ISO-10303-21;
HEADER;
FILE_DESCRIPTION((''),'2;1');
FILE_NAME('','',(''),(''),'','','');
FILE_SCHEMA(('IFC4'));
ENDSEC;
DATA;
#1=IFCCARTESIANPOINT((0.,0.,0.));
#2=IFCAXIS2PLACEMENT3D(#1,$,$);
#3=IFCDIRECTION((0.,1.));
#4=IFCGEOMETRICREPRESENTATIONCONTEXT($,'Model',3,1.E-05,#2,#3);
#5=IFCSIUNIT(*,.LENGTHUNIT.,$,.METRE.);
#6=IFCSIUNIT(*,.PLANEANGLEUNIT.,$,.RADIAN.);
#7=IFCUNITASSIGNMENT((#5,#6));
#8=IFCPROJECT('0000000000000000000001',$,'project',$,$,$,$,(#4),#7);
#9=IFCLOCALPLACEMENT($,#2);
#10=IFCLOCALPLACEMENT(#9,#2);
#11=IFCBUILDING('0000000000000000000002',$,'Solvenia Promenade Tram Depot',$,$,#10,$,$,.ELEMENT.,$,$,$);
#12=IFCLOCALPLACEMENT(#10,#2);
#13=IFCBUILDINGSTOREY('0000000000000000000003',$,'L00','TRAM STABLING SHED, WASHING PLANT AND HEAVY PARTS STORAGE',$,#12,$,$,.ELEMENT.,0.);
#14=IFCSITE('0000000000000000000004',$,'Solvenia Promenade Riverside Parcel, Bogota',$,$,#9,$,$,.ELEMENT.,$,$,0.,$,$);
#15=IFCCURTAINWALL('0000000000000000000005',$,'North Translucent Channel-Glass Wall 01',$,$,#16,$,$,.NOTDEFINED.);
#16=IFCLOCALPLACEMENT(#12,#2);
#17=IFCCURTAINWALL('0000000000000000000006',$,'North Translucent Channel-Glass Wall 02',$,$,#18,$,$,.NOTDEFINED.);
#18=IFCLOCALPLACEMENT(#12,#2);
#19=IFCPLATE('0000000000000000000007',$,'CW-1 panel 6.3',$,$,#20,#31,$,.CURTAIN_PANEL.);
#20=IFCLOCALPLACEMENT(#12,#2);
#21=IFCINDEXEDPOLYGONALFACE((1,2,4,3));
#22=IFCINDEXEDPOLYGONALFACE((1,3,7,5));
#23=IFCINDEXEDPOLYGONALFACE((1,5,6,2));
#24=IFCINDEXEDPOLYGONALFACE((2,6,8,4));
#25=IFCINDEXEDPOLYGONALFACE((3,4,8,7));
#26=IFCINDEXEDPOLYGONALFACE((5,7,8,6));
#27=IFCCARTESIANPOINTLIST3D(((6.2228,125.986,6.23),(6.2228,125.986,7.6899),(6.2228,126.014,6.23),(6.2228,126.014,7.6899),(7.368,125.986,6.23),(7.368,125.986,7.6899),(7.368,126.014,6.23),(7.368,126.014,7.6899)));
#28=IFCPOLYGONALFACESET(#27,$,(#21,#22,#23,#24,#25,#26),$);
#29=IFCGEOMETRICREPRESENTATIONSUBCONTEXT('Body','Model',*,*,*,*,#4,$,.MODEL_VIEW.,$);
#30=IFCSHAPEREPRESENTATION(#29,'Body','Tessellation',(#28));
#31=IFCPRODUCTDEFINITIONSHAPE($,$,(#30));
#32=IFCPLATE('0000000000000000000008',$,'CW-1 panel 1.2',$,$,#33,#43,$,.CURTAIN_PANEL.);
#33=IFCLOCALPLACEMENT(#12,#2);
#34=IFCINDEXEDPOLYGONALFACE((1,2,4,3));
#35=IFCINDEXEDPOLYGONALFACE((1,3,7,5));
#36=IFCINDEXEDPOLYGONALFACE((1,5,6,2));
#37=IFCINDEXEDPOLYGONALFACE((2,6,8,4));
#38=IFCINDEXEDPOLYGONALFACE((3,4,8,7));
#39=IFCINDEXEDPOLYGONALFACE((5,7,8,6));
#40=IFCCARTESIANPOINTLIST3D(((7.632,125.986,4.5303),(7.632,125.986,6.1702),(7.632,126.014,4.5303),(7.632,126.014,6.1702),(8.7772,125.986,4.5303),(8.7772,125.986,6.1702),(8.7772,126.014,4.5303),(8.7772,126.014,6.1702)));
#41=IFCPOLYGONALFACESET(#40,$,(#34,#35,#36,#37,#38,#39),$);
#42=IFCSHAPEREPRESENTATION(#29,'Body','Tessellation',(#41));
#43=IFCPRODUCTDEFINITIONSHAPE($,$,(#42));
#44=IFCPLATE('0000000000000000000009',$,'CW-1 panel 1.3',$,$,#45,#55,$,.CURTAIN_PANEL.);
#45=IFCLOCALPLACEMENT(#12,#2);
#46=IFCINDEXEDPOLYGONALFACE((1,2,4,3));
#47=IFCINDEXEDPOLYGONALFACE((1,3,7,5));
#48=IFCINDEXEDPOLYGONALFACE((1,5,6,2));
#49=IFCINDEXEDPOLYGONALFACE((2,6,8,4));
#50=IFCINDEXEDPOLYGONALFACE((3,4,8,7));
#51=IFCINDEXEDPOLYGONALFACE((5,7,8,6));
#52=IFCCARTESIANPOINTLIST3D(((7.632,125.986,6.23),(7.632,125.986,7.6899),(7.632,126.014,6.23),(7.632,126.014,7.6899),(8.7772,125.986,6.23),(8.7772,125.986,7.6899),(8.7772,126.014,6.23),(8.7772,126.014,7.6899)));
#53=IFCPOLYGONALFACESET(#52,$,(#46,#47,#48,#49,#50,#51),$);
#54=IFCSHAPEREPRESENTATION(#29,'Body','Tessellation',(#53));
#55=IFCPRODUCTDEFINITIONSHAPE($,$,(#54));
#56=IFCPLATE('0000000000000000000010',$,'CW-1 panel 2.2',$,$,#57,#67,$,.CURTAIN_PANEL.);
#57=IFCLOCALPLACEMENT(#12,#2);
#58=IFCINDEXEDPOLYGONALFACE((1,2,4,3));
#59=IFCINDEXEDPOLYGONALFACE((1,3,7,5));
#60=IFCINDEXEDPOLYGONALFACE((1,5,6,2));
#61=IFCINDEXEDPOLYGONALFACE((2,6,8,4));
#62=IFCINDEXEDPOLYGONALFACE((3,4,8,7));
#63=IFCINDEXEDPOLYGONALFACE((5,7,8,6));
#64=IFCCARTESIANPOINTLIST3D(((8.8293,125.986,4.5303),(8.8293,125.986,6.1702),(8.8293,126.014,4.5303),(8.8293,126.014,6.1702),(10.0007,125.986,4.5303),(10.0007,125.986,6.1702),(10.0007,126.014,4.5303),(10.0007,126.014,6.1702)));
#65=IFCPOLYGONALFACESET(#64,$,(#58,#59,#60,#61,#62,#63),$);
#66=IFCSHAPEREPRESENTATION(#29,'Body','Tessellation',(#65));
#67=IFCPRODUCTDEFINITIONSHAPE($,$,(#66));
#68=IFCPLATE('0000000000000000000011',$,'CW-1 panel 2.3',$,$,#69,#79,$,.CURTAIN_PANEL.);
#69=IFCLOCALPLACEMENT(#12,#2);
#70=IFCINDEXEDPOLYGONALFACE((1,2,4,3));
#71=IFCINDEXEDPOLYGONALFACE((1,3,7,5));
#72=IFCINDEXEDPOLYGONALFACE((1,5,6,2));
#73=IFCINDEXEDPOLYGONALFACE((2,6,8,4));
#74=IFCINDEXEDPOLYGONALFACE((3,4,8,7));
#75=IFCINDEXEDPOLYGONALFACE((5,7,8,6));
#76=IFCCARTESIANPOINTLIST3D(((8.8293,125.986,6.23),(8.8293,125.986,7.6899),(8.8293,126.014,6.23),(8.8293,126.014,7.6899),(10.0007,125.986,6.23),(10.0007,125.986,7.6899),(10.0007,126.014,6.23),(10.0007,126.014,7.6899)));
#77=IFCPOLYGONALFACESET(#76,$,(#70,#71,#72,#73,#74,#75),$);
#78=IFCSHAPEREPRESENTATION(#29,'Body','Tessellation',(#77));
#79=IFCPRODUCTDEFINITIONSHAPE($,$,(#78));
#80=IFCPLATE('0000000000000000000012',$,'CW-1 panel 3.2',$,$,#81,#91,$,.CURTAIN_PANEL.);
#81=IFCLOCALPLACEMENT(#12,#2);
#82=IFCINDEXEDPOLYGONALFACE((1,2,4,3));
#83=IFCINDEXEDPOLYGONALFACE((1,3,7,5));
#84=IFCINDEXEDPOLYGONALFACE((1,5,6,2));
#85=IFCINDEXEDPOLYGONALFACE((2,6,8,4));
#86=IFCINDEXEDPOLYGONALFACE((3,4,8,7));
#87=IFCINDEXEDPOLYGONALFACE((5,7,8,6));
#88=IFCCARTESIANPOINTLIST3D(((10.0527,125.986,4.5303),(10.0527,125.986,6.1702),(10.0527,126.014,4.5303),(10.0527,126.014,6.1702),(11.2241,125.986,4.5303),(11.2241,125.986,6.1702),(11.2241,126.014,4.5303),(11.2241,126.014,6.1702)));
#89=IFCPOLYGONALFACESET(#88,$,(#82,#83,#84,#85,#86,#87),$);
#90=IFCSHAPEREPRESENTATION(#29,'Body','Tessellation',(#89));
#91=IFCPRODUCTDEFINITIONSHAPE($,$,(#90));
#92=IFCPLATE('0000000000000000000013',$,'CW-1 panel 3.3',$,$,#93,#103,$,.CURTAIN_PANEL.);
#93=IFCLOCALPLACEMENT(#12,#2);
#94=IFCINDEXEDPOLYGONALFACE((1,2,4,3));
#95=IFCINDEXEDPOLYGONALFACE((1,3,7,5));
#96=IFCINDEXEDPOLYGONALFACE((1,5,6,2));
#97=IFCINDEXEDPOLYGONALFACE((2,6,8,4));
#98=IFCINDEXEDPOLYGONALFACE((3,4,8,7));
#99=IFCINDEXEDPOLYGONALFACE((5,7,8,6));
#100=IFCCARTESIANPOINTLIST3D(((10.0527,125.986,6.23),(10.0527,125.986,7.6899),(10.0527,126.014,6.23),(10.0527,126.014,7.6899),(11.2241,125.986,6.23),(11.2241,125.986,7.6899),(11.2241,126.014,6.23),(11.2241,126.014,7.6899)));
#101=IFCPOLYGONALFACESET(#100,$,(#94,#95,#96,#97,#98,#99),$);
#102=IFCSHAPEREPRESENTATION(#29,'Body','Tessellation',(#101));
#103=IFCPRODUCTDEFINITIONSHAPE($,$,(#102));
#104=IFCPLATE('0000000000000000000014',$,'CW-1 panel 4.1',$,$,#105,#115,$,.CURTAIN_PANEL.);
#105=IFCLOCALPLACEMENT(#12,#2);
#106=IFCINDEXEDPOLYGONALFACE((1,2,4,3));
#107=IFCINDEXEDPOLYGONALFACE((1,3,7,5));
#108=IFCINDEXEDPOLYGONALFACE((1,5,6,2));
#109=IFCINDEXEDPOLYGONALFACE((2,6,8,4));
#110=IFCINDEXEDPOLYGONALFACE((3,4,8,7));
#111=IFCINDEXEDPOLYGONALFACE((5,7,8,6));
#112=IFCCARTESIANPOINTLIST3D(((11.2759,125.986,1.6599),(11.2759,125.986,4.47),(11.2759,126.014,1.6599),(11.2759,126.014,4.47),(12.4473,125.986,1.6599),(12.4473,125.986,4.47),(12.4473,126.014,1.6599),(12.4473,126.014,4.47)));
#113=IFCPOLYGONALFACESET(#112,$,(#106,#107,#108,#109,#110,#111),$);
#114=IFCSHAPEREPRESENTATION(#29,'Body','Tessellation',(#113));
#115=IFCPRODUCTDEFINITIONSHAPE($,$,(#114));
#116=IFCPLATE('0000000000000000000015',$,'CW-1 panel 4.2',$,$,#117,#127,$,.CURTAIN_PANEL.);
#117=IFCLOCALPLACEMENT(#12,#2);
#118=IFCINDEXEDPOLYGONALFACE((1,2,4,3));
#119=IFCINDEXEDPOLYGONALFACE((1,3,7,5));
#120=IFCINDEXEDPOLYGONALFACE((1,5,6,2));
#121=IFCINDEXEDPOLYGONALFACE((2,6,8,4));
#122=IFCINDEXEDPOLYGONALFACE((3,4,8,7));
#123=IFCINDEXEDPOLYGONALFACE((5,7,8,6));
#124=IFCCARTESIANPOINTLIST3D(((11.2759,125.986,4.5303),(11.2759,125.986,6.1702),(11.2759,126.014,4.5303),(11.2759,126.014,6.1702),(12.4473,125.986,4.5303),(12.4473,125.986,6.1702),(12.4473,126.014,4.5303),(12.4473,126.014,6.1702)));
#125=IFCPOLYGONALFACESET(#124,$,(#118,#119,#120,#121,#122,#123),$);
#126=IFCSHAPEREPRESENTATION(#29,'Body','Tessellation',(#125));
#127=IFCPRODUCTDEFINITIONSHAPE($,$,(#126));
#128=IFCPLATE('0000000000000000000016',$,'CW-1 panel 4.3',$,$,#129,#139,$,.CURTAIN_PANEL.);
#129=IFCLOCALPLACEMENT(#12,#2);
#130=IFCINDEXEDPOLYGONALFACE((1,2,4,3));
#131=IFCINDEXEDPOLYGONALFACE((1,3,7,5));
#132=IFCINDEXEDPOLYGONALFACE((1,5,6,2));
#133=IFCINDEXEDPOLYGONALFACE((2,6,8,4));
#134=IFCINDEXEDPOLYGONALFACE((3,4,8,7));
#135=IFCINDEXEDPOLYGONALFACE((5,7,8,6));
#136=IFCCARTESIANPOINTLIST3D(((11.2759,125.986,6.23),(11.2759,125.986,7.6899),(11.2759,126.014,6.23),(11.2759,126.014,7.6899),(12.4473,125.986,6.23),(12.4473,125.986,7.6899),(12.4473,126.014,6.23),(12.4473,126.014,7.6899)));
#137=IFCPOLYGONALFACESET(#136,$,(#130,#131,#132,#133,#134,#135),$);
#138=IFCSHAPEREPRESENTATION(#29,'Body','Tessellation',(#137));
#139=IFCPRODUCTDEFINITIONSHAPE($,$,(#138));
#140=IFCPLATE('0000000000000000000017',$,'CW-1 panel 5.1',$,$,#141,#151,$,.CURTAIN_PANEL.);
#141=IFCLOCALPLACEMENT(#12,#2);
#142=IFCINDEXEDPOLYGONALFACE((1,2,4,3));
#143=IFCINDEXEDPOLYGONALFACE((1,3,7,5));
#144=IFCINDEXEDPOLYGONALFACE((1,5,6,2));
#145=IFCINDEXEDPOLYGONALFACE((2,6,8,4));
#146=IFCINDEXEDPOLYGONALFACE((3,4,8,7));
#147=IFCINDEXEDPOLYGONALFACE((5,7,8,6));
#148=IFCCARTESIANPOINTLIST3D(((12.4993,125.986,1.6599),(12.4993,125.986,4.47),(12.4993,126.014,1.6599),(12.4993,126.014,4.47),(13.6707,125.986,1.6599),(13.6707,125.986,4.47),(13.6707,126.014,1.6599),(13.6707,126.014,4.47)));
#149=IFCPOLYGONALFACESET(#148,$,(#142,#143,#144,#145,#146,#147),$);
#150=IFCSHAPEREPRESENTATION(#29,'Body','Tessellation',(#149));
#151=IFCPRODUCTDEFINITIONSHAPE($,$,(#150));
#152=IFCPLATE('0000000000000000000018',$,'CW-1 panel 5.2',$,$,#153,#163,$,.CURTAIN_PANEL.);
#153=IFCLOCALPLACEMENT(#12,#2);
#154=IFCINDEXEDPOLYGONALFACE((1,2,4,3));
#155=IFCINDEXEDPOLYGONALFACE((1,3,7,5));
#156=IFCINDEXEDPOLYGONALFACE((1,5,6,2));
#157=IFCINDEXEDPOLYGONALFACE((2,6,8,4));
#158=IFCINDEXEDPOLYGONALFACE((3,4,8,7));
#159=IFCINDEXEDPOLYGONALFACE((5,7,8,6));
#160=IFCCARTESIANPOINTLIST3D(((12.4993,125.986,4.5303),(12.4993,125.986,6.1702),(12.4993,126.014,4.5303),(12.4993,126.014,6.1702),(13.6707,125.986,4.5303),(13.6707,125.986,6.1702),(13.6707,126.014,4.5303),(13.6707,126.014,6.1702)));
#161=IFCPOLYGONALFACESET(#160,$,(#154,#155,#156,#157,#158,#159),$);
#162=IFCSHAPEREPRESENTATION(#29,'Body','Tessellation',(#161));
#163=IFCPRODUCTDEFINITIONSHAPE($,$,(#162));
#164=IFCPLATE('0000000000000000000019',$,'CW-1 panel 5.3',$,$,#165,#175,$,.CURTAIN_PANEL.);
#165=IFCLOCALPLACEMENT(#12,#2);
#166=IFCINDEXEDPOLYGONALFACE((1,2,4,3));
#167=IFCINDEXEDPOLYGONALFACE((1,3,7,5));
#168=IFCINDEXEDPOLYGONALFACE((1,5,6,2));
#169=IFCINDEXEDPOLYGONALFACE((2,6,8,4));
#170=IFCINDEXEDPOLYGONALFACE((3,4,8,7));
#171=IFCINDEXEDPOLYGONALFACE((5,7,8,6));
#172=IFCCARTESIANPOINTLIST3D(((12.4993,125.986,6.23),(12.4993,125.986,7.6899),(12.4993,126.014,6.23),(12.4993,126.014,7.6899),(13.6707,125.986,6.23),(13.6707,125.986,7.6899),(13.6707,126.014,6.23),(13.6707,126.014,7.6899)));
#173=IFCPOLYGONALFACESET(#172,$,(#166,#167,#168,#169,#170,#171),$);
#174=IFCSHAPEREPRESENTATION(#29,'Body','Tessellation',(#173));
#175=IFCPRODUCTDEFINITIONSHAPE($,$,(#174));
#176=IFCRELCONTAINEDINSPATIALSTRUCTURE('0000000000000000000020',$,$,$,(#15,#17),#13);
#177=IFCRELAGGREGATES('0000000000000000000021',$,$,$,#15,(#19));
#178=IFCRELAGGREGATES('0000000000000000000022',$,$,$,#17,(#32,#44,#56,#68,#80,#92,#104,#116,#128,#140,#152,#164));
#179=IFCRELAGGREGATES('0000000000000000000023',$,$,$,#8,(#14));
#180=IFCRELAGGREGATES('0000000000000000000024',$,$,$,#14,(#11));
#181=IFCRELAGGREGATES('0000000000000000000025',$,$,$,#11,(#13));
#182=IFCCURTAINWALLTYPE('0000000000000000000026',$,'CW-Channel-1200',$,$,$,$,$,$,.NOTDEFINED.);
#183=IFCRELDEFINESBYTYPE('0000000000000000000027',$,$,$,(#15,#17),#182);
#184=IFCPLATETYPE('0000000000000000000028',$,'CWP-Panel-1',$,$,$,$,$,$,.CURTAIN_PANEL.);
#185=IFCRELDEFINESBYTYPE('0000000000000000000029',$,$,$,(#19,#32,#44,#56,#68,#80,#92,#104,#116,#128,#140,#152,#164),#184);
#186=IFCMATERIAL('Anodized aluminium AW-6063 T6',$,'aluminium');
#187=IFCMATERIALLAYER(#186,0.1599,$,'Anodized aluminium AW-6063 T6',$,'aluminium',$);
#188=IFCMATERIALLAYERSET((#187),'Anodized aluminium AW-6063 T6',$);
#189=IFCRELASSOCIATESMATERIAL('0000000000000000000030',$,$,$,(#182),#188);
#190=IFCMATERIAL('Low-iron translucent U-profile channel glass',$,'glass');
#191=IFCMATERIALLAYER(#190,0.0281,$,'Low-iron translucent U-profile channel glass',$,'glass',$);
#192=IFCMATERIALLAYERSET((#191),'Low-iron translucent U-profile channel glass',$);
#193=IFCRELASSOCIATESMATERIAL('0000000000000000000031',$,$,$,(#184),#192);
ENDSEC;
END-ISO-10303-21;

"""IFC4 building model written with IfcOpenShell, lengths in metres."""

from ifc_helpers import new_model, si_unit, direction, frame, origin, origin_2d, place, context, subcontext, project, spatial, rectangle, extrude, material, layer, layer_set, type_object, element, aggregate, save


model = new_model("IFC4")

# Units and contexts
model_context = context("Model", 3, precision=1e-05, world=origin(), true_north=direction((0.0, 1.0)))
body_context = subcontext(model_context, "Body", "Model", "MODEL_VIEW")
ifc_project = project(units=[si_unit("LENGTHUNIT", "METRE"), si_unit("PLANEANGLEUNIT", "RADIAN")], contexts=[model_context])

# Site, building, storey
site_placement = place(None, origin())
site = spatial("IfcSite", under=ifc_project, at=site_placement, Name="Solvenia Promenade Riverside Parcel, Bogota", CompositionType="ELEMENT", RefElevation=0.0)
building_placement = place(site_placement, origin())
building = spatial("IfcBuilding", under=site, at=building_placement, Name="Solvenia Promenade Tram Depot", CompositionType="ELEMENT")
storey_placement = place(building_placement, origin())
storey = spatial("IfcBuildingStorey", under=building, at=storey_placement, Name="L00", Description="TRAM STABLING SHED, WASHING PLANT AND HEAVY PARTS STORAGE", CompositionType="ELEMENT", Elevation=0.0)

# Curtain walls
ifc_material_1 = material(Name="Anodized aluminium AW-6063 T6", Category="aluminium")
ifc_layer_1 = layer(ifc_material_1, 0.1599, Name="Anodized aluminium AW-6063 T6", Category="aluminium")
ifc_layer_set_1 = layer_set([ifc_layer_1], Name="Anodized aluminium AW-6063 T6")
curtain_wall_type = type_object("IfcCurtainWallType", Name="CW-Channel-1200", PredefinedType="NOTDEFINED", material=ifc_layer_set_1)
curtain_wall_1_placement = place(storey_placement, origin())
curtain_wall_1 = element("IfcCurtainWall", 1, at=curtain_wall_1_placement, inside=storey, type_object=curtain_wall_type, Name="North Translucent Channel-Glass Wall 01", PredefinedType="NOTDEFINED")
curtain_wall_2_placement = place(storey_placement, origin())
curtain_wall_2 = element("IfcCurtainWall", 2, at=curtain_wall_2_placement, inside=storey, type_object=curtain_wall_type, Name="North Translucent Channel-Glass Wall 02", PredefinedType="NOTDEFINED")

# Plates
ifc_material_2 = material(Name="Low-iron translucent U-profile channel glass", Category="glass")
ifc_layer_2 = layer(ifc_material_2, 0.0281, Name="Low-iron translucent U-profile channel glass", Category="glass")
ifc_layer_set_2 = layer_set([ifc_layer_2], Name="Low-iron translucent U-profile channel glass")
plate_type = type_object("IfcPlateType", Name="CWP-Panel-1", PredefinedType="CURTAIN_PANEL", material=ifc_layer_set_2)
plate_1_placement = place(storey_placement, frame((6.7954, 126.0, 6.23), z_axis=(0.0, 0.0, 1.0), x_axis=(1.0, 0.0, 0.0)))
plate_1 = element("IfcPlate", 3, at=plate_1_placement, type_object=plate_type, Name="CW-1 panel 6.3", PredefinedType="CURTAIN_PANEL", context=body_context, shape_type="SweptSolid", body=[
    extrude(rectangle(XDim=1.1453, YDim=0.0281, at=origin_2d()), origin(), (0.0, 0.0, 1.0), 1.46),
])
aggregate(curtain_wall_1, [plate_1])
plate_2_placement = place(storey_placement, frame((8.2046, 126.0, 4.5303), z_axis=(0.0, 0.0, 1.0), x_axis=(1.0, 0.0, 0.0)))
plate_2 = element("IfcPlate", 4, at=plate_2_placement, type_object=plate_type, Name="CW-1 panel 1.2", PredefinedType="CURTAIN_PANEL", context=body_context, shape_type="SweptSolid", body=[
    extrude(rectangle(XDim=1.1453, YDim=0.0281, at=origin_2d()), origin(), (0.0, 0.0, 1.0), 1.6399),
])
plate_3_placement = place(storey_placement, frame((8.2046, 126.0, 6.23), z_axis=(0.0, 0.0, 1.0), x_axis=(1.0, 0.0, 0.0)))
plate_3 = element("IfcPlate", 5, at=plate_3_placement, type_object=plate_type, Name="CW-1 panel 1.3", PredefinedType="CURTAIN_PANEL", context=body_context, shape_type="SweptSolid", body=[
    extrude(rectangle(XDim=1.1453, YDim=0.0281, at=origin_2d()), origin(), (0.0, 0.0, 1.0), 1.46),
])
plate_4_placement = place(storey_placement, frame((9.415, 126.0, 4.5303), z_axis=(0.0, 0.0, 1.0), x_axis=(1.0, 0.0, 0.0)))
plate_4 = element("IfcPlate", 6, at=plate_4_placement, type_object=plate_type, Name="CW-1 panel 2.2", PredefinedType="CURTAIN_PANEL", context=body_context, shape_type="SweptSolid", body=[
    extrude(rectangle(XDim=1.1714, YDim=0.0281, at=origin_2d()), origin(), (0.0, 0.0, 1.0), 1.6399),
])
plate_5_placement = place(storey_placement, frame((9.415, 126.0, 6.23), z_axis=(0.0, 0.0, 1.0), x_axis=(1.0, 0.0, 0.0)))
plate_5 = element("IfcPlate", 7, at=plate_5_placement, type_object=plate_type, Name="CW-1 panel 2.3", PredefinedType="CURTAIN_PANEL", context=body_context, shape_type="SweptSolid", body=[
    extrude(rectangle(XDim=1.1714, YDim=0.0281, at=origin_2d()), origin(), (0.0, 0.0, 1.0), 1.46),
])
plate_6_placement = place(storey_placement, frame((10.6384, 126.0, 4.5303), z_axis=(0.0, 0.0, 1.0), x_axis=(1.0, 0.0, 0.0)))
plate_6 = element("IfcPlate", 8, at=plate_6_placement, type_object=plate_type, Name="CW-1 panel 3.2", PredefinedType="CURTAIN_PANEL", context=body_context, shape_type="SweptSolid", body=[
    extrude(rectangle(XDim=1.1714, YDim=0.0281, at=origin_2d()), origin(), (0.0, 0.0, 1.0), 1.6399),
])
plate_7_placement = place(storey_placement, frame((10.6384, 126.0, 6.23), z_axis=(0.0, 0.0, 1.0), x_axis=(1.0, 0.0, 0.0)))
plate_7 = element("IfcPlate", 9, at=plate_7_placement, type_object=plate_type, Name="CW-1 panel 3.3", PredefinedType="CURTAIN_PANEL", context=body_context, shape_type="SweptSolid", body=[
    extrude(rectangle(XDim=1.1714, YDim=0.0281, at=origin_2d()), origin(), (0.0, 0.0, 1.0), 1.46),
])
plate_8_placement = place(storey_placement, frame((11.8616, 126.0, 1.6599), z_axis=(0.0, 0.0, 1.0), x_axis=(1.0, 0.0, 0.0)))
plate_8 = element("IfcPlate", 10, at=plate_8_placement, type_object=plate_type, Name="CW-1 panel 4.1", PredefinedType="CURTAIN_PANEL", context=body_context, shape_type="SweptSolid", body=[
    extrude(rectangle(XDim=1.1714, YDim=0.0281, at=origin_2d()), origin(), (0.0, 0.0, 1.0), 2.8101),
])
plate_9_placement = place(storey_placement, frame((11.8616, 126.0, 4.5303), z_axis=(0.0, 0.0, 1.0), x_axis=(1.0, 0.0, 0.0)))
plate_9 = element("IfcPlate", 11, at=plate_9_placement, type_object=plate_type, Name="CW-1 panel 4.2", PredefinedType="CURTAIN_PANEL", context=body_context, shape_type="SweptSolid", body=[
    extrude(rectangle(XDim=1.1714, YDim=0.0281, at=origin_2d()), origin(), (0.0, 0.0, 1.0), 1.6399),
])
plate_10_placement = place(storey_placement, frame((11.8616, 126.0, 6.23), z_axis=(0.0, 0.0, 1.0), x_axis=(1.0, 0.0, 0.0)))
plate_10 = element("IfcPlate", 12, at=plate_10_placement, type_object=plate_type, Name="CW-1 panel 4.3", PredefinedType="CURTAIN_PANEL", context=body_context, shape_type="SweptSolid", body=[
    extrude(rectangle(XDim=1.1714, YDim=0.0281, at=origin_2d()), origin(), (0.0, 0.0, 1.0), 1.46),
])
plate_11_placement = place(storey_placement, frame((13.085, 126.0, 1.6599), z_axis=(0.0, 0.0, 1.0), x_axis=(1.0, 0.0, 0.0)))
plate_11 = element("IfcPlate", 13, at=plate_11_placement, type_object=plate_type, Name="CW-1 panel 5.1", PredefinedType="CURTAIN_PANEL", context=body_context, shape_type="SweptSolid", body=[
    extrude(rectangle(XDim=1.1714, YDim=0.0281, at=origin_2d()), origin(), (0.0, 0.0, 1.0), 2.8101),
])
plate_12_placement = place(storey_placement, frame((13.085, 126.0, 4.5303), z_axis=(0.0, 0.0, 1.0), x_axis=(1.0, 0.0, 0.0)))
plate_12 = element("IfcPlate", 14, at=plate_12_placement, type_object=plate_type, Name="CW-1 panel 5.2", PredefinedType="CURTAIN_PANEL", context=body_context, shape_type="SweptSolid", body=[
    extrude(rectangle(XDim=1.1714, YDim=0.0281, at=origin_2d()), origin(), (0.0, 0.0, 1.0), 1.6399),
])
plate_13_placement = place(storey_placement, frame((13.085, 126.0, 6.23), z_axis=(0.0, 0.0, 1.0), x_axis=(1.0, 0.0, 0.0)))
plate_13 = element("IfcPlate", 15, at=plate_13_placement, type_object=plate_type, Name="CW-1 panel 5.3", PredefinedType="CURTAIN_PANEL", context=body_context, shape_type="SweptSolid", body=[
    extrude(rectangle(XDim=1.1714, YDim=0.0281, at=origin_2d()), origin(), (0.0, 0.0, 1.0), 1.46),
])
aggregate(curtain_wall_2, [plate_2, plate_3, plate_4, plate_5, plate_6, plate_7, plate_8, plate_9, plate_10, plate_11, plate_12, plate_13])

save(model, "model.ifc")
